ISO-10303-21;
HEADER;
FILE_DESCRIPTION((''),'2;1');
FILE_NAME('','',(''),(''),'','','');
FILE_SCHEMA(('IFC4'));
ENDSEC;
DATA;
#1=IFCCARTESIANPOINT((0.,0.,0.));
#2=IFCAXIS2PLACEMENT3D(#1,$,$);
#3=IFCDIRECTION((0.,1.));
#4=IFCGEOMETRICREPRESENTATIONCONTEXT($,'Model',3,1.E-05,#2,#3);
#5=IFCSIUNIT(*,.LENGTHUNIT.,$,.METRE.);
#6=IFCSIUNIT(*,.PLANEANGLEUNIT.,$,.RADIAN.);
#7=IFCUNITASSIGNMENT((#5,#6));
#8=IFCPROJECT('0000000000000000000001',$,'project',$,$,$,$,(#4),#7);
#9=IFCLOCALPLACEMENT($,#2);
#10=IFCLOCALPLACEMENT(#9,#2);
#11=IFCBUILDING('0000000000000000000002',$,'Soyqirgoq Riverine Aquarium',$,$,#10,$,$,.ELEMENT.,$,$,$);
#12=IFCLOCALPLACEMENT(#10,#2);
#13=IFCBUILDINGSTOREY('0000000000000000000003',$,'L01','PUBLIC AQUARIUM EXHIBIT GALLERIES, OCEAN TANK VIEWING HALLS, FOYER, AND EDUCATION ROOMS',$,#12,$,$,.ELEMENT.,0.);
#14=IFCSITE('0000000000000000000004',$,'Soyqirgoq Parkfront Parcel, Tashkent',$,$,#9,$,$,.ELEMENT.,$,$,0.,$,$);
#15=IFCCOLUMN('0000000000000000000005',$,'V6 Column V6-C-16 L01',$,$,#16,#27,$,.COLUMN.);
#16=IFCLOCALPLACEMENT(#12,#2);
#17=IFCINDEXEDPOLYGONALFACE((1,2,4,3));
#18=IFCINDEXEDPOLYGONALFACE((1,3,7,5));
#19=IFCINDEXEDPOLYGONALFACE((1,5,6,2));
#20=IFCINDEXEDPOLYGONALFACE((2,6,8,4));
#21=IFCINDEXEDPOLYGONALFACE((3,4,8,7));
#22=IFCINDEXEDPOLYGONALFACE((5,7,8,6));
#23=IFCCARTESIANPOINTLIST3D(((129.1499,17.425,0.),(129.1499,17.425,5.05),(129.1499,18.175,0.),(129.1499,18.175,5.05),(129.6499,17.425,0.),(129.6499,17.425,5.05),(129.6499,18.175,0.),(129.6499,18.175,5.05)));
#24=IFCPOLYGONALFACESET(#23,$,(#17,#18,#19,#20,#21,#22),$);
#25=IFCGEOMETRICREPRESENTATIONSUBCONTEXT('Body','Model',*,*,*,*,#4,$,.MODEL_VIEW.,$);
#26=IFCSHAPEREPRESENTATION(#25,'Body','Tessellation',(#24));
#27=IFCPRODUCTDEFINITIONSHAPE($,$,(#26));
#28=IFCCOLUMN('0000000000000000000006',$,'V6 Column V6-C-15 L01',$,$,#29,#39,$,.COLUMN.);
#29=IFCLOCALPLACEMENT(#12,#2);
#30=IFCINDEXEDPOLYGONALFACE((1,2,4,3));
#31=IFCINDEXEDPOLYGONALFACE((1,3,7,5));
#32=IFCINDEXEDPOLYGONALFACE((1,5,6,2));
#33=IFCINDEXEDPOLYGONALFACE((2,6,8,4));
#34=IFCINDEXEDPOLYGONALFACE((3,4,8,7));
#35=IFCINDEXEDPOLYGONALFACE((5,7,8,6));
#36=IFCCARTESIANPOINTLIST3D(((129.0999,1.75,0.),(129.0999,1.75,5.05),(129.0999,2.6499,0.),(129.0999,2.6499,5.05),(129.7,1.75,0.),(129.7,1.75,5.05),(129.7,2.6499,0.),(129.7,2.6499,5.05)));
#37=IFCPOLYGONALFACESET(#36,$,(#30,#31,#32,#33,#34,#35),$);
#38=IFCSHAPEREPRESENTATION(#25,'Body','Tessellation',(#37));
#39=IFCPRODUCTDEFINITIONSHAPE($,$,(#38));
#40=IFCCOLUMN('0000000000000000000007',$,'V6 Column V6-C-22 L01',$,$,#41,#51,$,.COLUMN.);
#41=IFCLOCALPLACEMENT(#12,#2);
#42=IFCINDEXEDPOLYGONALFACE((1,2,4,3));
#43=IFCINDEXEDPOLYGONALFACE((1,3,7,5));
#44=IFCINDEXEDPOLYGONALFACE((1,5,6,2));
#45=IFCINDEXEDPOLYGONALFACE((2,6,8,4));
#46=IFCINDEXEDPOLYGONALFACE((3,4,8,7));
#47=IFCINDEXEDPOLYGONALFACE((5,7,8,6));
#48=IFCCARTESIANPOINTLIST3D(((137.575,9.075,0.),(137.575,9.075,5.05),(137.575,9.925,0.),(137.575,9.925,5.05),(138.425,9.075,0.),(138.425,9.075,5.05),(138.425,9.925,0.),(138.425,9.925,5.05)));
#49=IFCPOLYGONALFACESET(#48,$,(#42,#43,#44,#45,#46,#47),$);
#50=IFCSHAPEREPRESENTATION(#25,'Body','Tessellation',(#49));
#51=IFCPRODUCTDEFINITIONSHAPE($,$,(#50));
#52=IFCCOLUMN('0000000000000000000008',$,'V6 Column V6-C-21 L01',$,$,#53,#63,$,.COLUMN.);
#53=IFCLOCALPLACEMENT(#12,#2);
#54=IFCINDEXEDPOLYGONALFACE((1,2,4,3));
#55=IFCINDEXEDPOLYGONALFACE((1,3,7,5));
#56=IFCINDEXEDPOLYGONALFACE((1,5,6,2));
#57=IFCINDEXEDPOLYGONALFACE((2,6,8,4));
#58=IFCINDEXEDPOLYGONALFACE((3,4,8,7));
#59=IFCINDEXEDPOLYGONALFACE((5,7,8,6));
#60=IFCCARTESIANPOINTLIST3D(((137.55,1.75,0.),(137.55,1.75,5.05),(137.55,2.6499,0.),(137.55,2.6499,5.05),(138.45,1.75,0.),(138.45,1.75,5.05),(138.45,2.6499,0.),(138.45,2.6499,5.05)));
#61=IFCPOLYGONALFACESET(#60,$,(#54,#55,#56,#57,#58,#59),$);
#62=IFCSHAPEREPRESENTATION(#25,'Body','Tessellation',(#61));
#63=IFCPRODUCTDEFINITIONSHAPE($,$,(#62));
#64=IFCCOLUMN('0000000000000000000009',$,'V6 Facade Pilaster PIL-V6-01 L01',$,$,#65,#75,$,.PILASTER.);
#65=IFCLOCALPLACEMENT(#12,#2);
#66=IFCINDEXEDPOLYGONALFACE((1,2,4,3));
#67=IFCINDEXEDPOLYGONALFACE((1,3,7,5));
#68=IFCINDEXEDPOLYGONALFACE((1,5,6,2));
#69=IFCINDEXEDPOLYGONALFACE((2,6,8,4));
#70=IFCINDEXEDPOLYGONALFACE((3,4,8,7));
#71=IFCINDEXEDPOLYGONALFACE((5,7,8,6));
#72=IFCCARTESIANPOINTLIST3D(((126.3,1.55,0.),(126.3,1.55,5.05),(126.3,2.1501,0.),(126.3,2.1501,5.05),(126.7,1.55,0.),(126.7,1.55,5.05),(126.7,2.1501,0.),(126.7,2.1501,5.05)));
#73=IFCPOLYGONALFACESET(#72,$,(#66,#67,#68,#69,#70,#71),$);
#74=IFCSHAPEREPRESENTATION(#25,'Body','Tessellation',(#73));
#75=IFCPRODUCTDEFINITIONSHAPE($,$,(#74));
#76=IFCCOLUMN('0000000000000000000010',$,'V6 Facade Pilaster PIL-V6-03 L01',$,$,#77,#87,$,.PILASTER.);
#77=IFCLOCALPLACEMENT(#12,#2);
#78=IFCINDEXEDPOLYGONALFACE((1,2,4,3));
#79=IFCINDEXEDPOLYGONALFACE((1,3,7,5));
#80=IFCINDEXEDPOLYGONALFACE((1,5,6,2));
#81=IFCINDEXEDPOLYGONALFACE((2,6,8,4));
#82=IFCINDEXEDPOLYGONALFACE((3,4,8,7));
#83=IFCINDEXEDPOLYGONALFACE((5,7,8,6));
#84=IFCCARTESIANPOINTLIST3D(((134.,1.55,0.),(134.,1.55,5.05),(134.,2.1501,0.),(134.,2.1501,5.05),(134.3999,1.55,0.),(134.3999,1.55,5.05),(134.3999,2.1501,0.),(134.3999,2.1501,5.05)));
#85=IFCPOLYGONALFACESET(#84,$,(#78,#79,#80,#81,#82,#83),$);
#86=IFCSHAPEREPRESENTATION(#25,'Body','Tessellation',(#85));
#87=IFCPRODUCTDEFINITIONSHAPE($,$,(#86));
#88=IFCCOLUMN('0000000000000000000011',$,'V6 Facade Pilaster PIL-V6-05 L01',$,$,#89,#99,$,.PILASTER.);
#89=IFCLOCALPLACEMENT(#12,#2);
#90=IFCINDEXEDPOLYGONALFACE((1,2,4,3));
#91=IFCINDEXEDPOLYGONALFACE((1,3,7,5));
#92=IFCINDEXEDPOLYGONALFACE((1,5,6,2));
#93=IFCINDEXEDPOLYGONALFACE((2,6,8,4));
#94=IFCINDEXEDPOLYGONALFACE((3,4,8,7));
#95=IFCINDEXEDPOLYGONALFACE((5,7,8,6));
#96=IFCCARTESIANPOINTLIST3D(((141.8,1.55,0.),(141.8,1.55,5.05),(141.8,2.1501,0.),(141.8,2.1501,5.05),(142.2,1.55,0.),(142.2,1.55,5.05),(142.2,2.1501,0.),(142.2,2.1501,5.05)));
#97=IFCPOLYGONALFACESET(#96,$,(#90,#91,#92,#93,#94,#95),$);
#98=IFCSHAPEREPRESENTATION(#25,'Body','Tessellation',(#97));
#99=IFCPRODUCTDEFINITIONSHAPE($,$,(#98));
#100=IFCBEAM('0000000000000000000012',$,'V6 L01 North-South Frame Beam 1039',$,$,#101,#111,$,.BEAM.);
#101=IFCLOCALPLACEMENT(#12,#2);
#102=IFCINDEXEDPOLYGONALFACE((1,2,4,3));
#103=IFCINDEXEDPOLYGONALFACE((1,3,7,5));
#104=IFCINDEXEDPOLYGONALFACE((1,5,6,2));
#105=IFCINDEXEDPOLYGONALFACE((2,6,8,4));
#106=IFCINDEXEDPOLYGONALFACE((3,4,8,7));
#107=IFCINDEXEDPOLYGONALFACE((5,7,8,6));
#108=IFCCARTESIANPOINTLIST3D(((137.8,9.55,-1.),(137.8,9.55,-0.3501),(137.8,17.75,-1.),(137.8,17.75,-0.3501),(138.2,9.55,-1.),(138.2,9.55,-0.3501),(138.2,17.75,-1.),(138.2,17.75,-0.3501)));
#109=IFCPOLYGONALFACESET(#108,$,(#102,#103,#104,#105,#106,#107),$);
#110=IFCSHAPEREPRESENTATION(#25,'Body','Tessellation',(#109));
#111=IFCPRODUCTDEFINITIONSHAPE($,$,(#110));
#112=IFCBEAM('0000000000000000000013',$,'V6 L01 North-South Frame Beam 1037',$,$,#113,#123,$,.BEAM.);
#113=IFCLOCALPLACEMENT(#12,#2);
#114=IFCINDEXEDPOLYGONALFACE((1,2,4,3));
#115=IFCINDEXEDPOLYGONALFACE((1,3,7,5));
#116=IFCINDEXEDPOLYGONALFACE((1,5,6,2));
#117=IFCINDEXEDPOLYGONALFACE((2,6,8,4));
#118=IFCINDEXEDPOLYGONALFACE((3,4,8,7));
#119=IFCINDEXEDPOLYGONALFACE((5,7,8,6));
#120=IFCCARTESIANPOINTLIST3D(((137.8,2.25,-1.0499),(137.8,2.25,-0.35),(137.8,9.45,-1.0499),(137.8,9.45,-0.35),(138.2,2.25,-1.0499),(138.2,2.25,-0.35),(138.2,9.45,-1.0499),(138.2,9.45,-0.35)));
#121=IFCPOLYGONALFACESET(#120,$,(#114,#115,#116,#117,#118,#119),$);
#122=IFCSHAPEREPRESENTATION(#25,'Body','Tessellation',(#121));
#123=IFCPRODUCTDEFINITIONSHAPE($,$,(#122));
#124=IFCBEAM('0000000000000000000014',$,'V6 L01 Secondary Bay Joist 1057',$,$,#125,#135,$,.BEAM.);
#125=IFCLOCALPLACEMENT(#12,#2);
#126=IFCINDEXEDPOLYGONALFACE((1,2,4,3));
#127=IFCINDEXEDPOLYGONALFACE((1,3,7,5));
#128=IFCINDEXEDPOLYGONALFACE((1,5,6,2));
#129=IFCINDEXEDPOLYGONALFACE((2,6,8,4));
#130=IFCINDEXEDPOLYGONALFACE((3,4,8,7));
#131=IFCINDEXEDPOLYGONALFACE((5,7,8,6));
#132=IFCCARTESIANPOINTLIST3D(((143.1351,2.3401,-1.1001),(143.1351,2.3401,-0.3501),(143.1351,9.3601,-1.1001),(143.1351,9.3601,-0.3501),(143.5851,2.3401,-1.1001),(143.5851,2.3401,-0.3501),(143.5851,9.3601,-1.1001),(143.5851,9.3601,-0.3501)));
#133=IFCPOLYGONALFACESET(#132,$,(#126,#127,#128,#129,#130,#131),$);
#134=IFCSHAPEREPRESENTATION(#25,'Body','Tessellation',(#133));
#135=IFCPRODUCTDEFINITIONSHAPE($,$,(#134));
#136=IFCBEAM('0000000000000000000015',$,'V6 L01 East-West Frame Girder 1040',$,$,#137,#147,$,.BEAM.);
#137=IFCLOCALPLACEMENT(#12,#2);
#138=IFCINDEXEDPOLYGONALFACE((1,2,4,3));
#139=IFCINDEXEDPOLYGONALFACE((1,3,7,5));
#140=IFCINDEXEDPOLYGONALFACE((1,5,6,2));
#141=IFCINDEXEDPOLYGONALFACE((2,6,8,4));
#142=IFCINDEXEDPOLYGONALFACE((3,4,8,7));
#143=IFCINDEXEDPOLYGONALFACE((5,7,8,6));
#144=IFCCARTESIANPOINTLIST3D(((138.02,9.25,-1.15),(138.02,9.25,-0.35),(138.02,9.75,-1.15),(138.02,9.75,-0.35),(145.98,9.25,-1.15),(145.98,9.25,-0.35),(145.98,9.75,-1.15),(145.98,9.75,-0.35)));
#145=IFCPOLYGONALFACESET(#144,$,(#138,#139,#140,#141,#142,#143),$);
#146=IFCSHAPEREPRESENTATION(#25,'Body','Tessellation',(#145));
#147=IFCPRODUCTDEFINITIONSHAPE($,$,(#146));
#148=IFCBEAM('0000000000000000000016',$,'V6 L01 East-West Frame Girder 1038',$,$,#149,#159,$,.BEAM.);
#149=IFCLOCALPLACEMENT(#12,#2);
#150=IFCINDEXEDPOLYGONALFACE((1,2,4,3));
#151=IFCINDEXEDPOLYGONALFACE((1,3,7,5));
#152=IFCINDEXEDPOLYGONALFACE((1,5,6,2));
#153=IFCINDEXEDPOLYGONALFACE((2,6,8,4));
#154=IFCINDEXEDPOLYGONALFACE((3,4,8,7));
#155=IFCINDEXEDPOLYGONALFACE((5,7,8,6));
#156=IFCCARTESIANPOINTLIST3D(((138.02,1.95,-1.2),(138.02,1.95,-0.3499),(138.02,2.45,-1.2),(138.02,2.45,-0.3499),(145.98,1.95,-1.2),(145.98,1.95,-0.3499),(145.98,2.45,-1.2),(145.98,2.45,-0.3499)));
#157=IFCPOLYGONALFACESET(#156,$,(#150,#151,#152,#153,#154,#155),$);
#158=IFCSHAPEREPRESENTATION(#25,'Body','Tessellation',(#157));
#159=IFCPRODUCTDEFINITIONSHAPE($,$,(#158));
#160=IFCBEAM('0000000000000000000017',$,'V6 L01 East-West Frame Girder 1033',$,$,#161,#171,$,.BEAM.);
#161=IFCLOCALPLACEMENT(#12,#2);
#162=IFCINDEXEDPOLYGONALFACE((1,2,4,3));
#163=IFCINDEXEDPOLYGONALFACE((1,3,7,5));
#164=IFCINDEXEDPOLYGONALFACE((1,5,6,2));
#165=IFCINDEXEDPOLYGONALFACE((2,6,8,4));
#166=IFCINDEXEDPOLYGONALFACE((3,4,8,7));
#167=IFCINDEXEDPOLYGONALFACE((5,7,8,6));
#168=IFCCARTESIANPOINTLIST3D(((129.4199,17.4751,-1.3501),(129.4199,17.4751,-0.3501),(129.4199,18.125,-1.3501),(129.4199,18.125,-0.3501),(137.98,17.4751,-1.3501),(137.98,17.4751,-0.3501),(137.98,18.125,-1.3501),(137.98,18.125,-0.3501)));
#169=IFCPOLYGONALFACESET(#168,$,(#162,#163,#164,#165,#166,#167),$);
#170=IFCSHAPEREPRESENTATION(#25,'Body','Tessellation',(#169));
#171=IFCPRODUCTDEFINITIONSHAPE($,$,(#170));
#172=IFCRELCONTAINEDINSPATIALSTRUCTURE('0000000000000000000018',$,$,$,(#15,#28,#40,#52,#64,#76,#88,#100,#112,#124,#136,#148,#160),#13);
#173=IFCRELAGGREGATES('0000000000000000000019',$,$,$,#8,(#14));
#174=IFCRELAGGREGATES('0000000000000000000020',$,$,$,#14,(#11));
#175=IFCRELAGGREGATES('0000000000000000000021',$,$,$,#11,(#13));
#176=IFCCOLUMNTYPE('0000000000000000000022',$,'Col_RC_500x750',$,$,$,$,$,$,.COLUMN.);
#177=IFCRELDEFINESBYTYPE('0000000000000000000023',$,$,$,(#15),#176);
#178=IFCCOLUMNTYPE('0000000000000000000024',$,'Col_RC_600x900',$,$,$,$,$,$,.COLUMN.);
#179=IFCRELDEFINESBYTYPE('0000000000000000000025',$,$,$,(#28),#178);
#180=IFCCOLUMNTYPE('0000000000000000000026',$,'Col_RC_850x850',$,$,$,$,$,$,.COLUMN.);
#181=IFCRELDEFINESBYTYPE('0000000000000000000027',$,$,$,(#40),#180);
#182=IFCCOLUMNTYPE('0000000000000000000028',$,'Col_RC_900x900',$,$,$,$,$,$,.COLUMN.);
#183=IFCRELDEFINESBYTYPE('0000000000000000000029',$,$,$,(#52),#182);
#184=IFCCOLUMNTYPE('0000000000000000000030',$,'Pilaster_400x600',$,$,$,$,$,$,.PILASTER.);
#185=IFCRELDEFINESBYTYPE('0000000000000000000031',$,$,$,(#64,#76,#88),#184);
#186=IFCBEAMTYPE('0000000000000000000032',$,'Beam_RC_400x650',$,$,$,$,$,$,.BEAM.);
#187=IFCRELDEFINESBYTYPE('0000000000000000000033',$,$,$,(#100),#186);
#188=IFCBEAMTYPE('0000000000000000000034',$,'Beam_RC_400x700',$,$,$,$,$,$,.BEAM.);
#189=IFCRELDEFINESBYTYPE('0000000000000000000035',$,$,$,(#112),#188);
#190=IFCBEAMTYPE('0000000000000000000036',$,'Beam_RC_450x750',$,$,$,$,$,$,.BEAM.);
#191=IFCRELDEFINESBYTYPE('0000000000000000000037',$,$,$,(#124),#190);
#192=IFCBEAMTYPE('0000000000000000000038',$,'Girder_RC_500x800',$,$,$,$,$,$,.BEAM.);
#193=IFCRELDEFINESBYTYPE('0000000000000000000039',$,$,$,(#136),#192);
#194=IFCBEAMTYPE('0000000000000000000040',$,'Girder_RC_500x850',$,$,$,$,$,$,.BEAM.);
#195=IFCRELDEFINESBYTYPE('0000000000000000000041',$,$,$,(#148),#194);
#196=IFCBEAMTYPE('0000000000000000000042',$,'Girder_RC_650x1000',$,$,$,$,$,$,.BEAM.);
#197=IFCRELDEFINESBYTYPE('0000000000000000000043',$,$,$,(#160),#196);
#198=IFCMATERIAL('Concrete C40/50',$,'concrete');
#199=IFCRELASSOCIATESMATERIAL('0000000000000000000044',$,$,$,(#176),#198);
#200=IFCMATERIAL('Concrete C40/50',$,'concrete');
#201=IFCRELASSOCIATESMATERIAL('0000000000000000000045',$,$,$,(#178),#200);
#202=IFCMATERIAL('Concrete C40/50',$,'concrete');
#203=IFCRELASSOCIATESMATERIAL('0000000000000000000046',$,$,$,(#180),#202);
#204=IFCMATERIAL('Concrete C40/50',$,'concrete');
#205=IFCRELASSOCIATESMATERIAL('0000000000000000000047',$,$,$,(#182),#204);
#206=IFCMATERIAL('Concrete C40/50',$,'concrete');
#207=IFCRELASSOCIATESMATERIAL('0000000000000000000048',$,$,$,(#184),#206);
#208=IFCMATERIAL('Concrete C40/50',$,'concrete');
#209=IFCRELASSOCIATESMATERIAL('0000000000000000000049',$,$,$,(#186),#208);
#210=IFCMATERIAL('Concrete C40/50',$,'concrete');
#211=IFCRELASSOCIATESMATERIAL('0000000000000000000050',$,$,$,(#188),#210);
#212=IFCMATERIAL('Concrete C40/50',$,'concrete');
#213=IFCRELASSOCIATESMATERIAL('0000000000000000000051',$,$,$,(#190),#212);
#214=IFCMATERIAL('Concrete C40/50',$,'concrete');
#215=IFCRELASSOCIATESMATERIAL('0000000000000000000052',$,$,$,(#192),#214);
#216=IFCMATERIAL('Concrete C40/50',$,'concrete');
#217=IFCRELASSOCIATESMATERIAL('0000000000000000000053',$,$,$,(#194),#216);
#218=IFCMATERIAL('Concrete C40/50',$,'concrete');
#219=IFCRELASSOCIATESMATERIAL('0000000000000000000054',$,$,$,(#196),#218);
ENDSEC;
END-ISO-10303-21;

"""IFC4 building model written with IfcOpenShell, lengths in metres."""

from ifc_helpers import new_model, si_unit, direction, frame, origin, origin_2d, place, context, subcontext, project, spatial, rectangle, extrude, material, material_profile, profile_set, type_object, element, save


model = new_model("IFC4")

# Units and contexts
model_context = context("Model", 3, precision=1e-05, world=origin(), true_north=direction((0.0, 1.0)))
body_context = subcontext(model_context, "Body", "Model", "MODEL_VIEW")
ifc_project = project(units=[si_unit("LENGTHUNIT", "METRE"), si_unit("PLANEANGLEUNIT", "RADIAN")], contexts=[model_context])

# Site, building, storey
site_placement = place(None, origin())
site = spatial("IfcSite", under=ifc_project, at=site_placement, Name="Soyqirgoq Parkfront Parcel, Tashkent", CompositionType="ELEMENT", RefElevation=0.0)
building_placement = place(site_placement, origin())
building = spatial("IfcBuilding", under=site, at=building_placement, Name="Soyqirgoq Riverine Aquarium", CompositionType="ELEMENT")
storey_placement = place(building_placement, origin())
storey = spatial("IfcBuildingStorey", under=building, at=storey_placement, Name="L01", Description="PUBLIC AQUARIUM EXHIBIT GALLERIES, OCEAN TANK VIEWING HALLS, FOYER, AND EDUCATION ROOMS", CompositionType="ELEMENT", Elevation=0.0)

# Columns
ifc_material_1 = material(Name="Concrete C40/50", Category="concrete")
ifc_material_profile_1 = material_profile(ifc_material_1, rectangle(XDim=0.5, YDim=0.75, at=origin_2d()), Name="RC-COL 500x750")
ifc_profile_set_1 = profile_set([ifc_material_profile_1], Name="Concrete C40/50")
column_type_1 = type_object("IfcColumnType", Name="Col_RC_500x750", PredefinedType="COLUMN", material=ifc_profile_set_1)
column_1_placement = place(storey_placement, frame((129.3999, 17.8, 0.0), z_axis=(0.0, 0.0, 1.0), x_axis=(1.0, 0.0, 0.0)))
element("IfcColumn", 1, at=column_1_placement, inside=storey, type_object=column_type_1, Name="V6 Column V6-C-16 L01", PredefinedType="COLUMN", context=body_context, shape_type="SweptSolid", body=[
    extrude(rectangle(XDim=0.5, YDim=0.75, at=origin_2d()), origin(), (0.0, 0.0, 1.0), 5.05),
])
ifc_material_2 = material(Name="Concrete C40/50", Category="concrete")
ifc_material_profile_2 = material_profile(ifc_material_2, rectangle(XDim=0.6001, YDim=0.8999, at=origin_2d()), Name="RC-COL 600x900")
ifc_profile_set_2 = profile_set([ifc_material_profile_2], Name="Concrete C40/50")
column_type_2 = type_object("IfcColumnType", Name="Col_RC_600x900", PredefinedType="COLUMN", material=ifc_profile_set_2)
column_2_placement = place(storey_placement, frame((129.3999, 2.2, 0.0), z_axis=(0.0, 0.0, 1.0), x_axis=(1.0, 0.0, 0.0)))
element("IfcColumn", 2, at=column_2_placement, inside=storey, type_object=column_type_2, Name="V6 Column V6-C-15 L01", PredefinedType="COLUMN", context=body_context, shape_type="SweptSolid", body=[
    extrude(rectangle(XDim=0.6001, YDim=0.8999, at=origin_2d()), origin(), (0.0, 0.0, 1.0), 5.05),
])
ifc_material_3 = material(Name="Concrete C40/50", Category="concrete")
ifc_material_profile_3 = material_profile(ifc_material_3, rectangle(XDim=0.8501, YDim=0.8501, at=origin_2d()), Name="RC 850x850")
ifc_profile_set_3 = profile_set([ifc_material_profile_3], Name="Concrete C40/50")
column_type_3 = type_object("IfcColumnType", Name="Col_RC_850x850", PredefinedType="COLUMN", material=ifc_profile_set_3)
column_3_placement = place(storey_placement, frame((138.0, 9.5, 0.0), z_axis=(0.0, 0.0, 1.0), x_axis=(1.0, 0.0, 0.0)))
element("IfcColumn", 3, at=column_3_placement, inside=storey, type_object=column_type_3, Name="V6 Column V6-C-22 L01", PredefinedType="COLUMN", context=body_context, shape_type="SweptSolid", body=[
    extrude(rectangle(XDim=0.8501, YDim=0.8501, at=origin_2d()), origin(), (0.0, 0.0, 1.0), 5.05),
])
ifc_material_4 = material(Name="Concrete C40/50", Category="concrete")
ifc_material_profile_4 = material_profile(ifc_material_4, rectangle(XDim=0.8999, YDim=0.8999, at=origin_2d()), Name="RC 900x900")
ifc_profile_set_4 = profile_set([ifc_material_profile_4], Name="Concrete C40/50")
column_type_4 = type_object("IfcColumnType", Name="Col_RC_900x900", PredefinedType="COLUMN", material=ifc_profile_set_4)
column_4_placement = place(storey_placement, frame((138.0, 2.2, 0.0), z_axis=(0.0, 0.0, 1.0), x_axis=(1.0, 0.0, 0.0)))
element("IfcColumn", 4, at=column_4_placement, inside=storey, type_object=column_type_4, Name="V6 Column V6-C-21 L01", PredefinedType="COLUMN", context=body_context, shape_type="SweptSolid", body=[
    extrude(rectangle(XDim=0.8999, YDim=0.8999, at=origin_2d()), origin(), (0.0, 0.0, 1.0), 5.05),
])
ifc_material_5 = material(Name="Concrete C40/50", Category="concrete")
ifc_material_profile_5 = material_profile(ifc_material_5, rectangle(XDim=0.3999, YDim=0.6001, at=origin_2d()), Name="RC-PIL 400x600")
ifc_profile_set_5 = profile_set([ifc_material_profile_5], Name="Concrete C40/50")
column_type_5 = type_object("IfcColumnType", Name="Pilaster_400x600", PredefinedType="PILASTER", material=ifc_profile_set_5)
for number, where, z_axis, x_axis, name in (
    (5, (126.5, 1.8501, 0.0), (0.0, 0.0, 1.0), (1.0, 0.0, 0.0), "V6 Facade Pilaster PIL-V6-01 L01"),
    (6, (134.2, 1.8501, 0.0), (0.0, 0.0, 1.0), (1.0, 0.0, 0.0), "V6 Facade Pilaster PIL-V6-03 L01"),
    (7, (142.0, 1.8501, 0.0), (0.0, 0.0, 1.0), (1.0, 0.0, 0.0), "V6 Facade Pilaster PIL-V6-05 L01"),
):
    element("IfcColumn", number, at=place(storey_placement, frame(where, z_axis=z_axis, x_axis=x_axis)), inside=storey, type_object=column_type_5, Name=name, PredefinedType="PILASTER", context=body_context, shape_type="SweptSolid", body=[
        extrude(rectangle(XDim=0.3999, YDim=0.6001, at=origin_2d()), origin(), (0.0, 0.0, 1.0), 5.05),
    ])

# Beams
ifc_material_6 = material(Name="Concrete C40/50", Category="concrete")
ifc_material_profile_6 = material_profile(ifc_material_6, rectangle(XDim=0.3999, YDim=0.6499, at=origin_2d()), Name="RC 400x650")
ifc_profile_set_6 = profile_set([ifc_material_profile_6], Name="Concrete C40/50")
beam_type_1 = type_object("IfcBeamType", Name="Beam_RC_400x650", PredefinedType="BEAM", material=ifc_profile_set_6)
beam_1_placement = place(storey_placement, frame((138.0, 9.55, -0.675), z_axis=(0.0, 1.0, 0.0), x_axis=(-1.0, 0.0, 0.0)))
element("IfcBeam", 8, at=beam_1_placement, inside=storey, type_object=beam_type_1, Name="V6 L01 North-South Frame Beam 1039", PredefinedType="BEAM", context=body_context, shape_type="SweptSolid", body=[
    extrude(rectangle(XDim=0.3999, YDim=0.6499, at=origin_2d()), origin(), (0.0, 0.0, 1.0), 8.2),
])
ifc_material_7 = material(Name="Concrete C40/50", Category="concrete")
ifc_material_profile_7 = material_profile(ifc_material_7, rectangle(XDim=0.3999, YDim=0.7, at=origin_2d()), Name="RC 400x700")
ifc_profile_set_7 = profile_set([ifc_material_profile_7], Name="Concrete C40/50")
beam_type_2 = type_object("IfcBeamType", Name="Beam_RC_400x700", PredefinedType="BEAM", material=ifc_profile_set_7)
beam_2_placement = place(storey_placement, frame((138.0, 2.25, -0.7), z_axis=(0.0, 1.0, 0.0), x_axis=(-1.0, 0.0, 0.0)))
element("IfcBeam", 9, at=beam_2_placement, inside=storey, type_object=beam_type_2, Name="V6 L01 North-South Frame Beam 1037", PredefinedType="BEAM", context=body_context, shape_type="SweptSolid", body=[
    extrude(rectangle(XDim=0.3999, YDim=0.7, at=origin_2d()), origin(), (0.0, 0.0, 1.0), 7.2),
])
ifc_material_8 = material(Name="Concrete C40/50", Category="concrete")
ifc_material_profile_8 = material_profile(ifc_material_8, rectangle(XDim=0.45, YDim=0.75, at=origin_2d()), Name="RC 450x750")
ifc_profile_set_8 = profile_set([ifc_material_profile_8], Name="Concrete C40/50")
beam_type_3 = type_object("IfcBeamType", Name="Beam_RC_450x750", PredefinedType="BEAM", material=ifc_profile_set_8)
beam_3_placement = place(storey_placement, frame((143.3601, 2.3401, -0.7251), z_axis=(0.0, 1.0, 0.0), x_axis=(-1.0, 0.0, 0.0)))
element("IfcBeam", 10, at=beam_3_placement, inside=storey, type_object=beam_type_3, Name="V6 L01 Secondary Bay Joist 1057", PredefinedType="BEAM", context=body_context, shape_type="SweptSolid", body=[
    extrude(rectangle(XDim=0.45, YDim=0.75, at=origin_2d()), origin(), (0.0, 0.0, 1.0), 7.02),
])
ifc_material_9 = material(Name="Concrete C40/50", Category="concrete")
ifc_material_profile_9 = material_profile(ifc_material_9, rectangle(XDim=0.5, YDim=0.8, at=origin_2d()), Name="RC 500x800")
ifc_profile_set_9 = profile_set([ifc_material_profile_9], Name="Concrete C40/50")
beam_type_4 = type_object("IfcBeamType", Name="Girder_RC_500x800", PredefinedType="BEAM", material=ifc_profile_set_9)
beam_4_placement = place(storey_placement, frame((138.02, 9.5, -0.75), z_axis=(1.0, 0.0, 0.0), x_axis=(0.0, 1.0, 0.0)))
element("IfcBeam", 11, at=beam_4_placement, inside=storey, type_object=beam_type_4, Name="V6 L01 East-West Frame Girder 1040", PredefinedType="BEAM", context=body_context, shape_type="SweptSolid", body=[
    extrude(rectangle(XDim=0.5, YDim=0.8, at=origin_2d()), origin(), (0.0, 0.0, 1.0), 7.96),
])
ifc_material_10 = material(Name="Concrete C40/50", Category="concrete")
ifc_material_profile_10 = material_profile(ifc_material_10, rectangle(XDim=0.5, YDim=0.8501, at=origin_2d()), Name="RC 500x850")
ifc_profile_set_10 = profile_set([ifc_material_profile_10], Name="Concrete C40/50")
beam_type_5 = type_object("IfcBeamType", Name="Girder_RC_500x850", PredefinedType="BEAM", material=ifc_profile_set_10)
beam_5_placement = place(storey_placement, frame((138.02, 2.2, -0.7749), z_axis=(1.0, 0.0, 0.0), x_axis=(0.0, 1.0, 0.0)))
element("IfcBeam", 12, at=beam_5_placement, inside=storey, type_object=beam_type_5, Name="V6 L01 East-West Frame Girder 1038", PredefinedType="BEAM", context=body_context, shape_type="SweptSolid", body=[
    extrude(rectangle(XDim=0.5, YDim=0.8501, at=origin_2d()), origin(), (0.0, 0.0, 1.0), 7.96),
])
ifc_material_11 = material(Name="Concrete C40/50", Category="concrete")
ifc_material_profile_11 = material_profile(ifc_material_11, rectangle(XDim=0.6499, YDim=1.0, at=origin_2d()), Name="RC 650x1000")
ifc_profile_set_11 = profile_set([ifc_material_profile_11], Name="Concrete C40/50")
beam_type_6 = type_object("IfcBeamType", Name="Girder_RC_650x1000", PredefinedType="BEAM", material=ifc_profile_set_11)
beam_6_placement = place(storey_placement, frame((129.4199, 17.8, -0.8501), z_axis=(1.0, 0.0, 0.0), x_axis=(0.0, 1.0, 0.0)))
element("IfcBeam", 13, at=beam_6_placement, inside=storey, type_object=beam_type_6, Name="V6 L01 East-West Frame Girder 1033", PredefinedType="BEAM", context=body_context, shape_type="SweptSolid", body=[
    extrude(rectangle(XDim=0.6499, YDim=1.0, at=origin_2d()), origin(), (0.0, 0.0, 1.0), 8.5601),
])

save(model, "model.ifc")
